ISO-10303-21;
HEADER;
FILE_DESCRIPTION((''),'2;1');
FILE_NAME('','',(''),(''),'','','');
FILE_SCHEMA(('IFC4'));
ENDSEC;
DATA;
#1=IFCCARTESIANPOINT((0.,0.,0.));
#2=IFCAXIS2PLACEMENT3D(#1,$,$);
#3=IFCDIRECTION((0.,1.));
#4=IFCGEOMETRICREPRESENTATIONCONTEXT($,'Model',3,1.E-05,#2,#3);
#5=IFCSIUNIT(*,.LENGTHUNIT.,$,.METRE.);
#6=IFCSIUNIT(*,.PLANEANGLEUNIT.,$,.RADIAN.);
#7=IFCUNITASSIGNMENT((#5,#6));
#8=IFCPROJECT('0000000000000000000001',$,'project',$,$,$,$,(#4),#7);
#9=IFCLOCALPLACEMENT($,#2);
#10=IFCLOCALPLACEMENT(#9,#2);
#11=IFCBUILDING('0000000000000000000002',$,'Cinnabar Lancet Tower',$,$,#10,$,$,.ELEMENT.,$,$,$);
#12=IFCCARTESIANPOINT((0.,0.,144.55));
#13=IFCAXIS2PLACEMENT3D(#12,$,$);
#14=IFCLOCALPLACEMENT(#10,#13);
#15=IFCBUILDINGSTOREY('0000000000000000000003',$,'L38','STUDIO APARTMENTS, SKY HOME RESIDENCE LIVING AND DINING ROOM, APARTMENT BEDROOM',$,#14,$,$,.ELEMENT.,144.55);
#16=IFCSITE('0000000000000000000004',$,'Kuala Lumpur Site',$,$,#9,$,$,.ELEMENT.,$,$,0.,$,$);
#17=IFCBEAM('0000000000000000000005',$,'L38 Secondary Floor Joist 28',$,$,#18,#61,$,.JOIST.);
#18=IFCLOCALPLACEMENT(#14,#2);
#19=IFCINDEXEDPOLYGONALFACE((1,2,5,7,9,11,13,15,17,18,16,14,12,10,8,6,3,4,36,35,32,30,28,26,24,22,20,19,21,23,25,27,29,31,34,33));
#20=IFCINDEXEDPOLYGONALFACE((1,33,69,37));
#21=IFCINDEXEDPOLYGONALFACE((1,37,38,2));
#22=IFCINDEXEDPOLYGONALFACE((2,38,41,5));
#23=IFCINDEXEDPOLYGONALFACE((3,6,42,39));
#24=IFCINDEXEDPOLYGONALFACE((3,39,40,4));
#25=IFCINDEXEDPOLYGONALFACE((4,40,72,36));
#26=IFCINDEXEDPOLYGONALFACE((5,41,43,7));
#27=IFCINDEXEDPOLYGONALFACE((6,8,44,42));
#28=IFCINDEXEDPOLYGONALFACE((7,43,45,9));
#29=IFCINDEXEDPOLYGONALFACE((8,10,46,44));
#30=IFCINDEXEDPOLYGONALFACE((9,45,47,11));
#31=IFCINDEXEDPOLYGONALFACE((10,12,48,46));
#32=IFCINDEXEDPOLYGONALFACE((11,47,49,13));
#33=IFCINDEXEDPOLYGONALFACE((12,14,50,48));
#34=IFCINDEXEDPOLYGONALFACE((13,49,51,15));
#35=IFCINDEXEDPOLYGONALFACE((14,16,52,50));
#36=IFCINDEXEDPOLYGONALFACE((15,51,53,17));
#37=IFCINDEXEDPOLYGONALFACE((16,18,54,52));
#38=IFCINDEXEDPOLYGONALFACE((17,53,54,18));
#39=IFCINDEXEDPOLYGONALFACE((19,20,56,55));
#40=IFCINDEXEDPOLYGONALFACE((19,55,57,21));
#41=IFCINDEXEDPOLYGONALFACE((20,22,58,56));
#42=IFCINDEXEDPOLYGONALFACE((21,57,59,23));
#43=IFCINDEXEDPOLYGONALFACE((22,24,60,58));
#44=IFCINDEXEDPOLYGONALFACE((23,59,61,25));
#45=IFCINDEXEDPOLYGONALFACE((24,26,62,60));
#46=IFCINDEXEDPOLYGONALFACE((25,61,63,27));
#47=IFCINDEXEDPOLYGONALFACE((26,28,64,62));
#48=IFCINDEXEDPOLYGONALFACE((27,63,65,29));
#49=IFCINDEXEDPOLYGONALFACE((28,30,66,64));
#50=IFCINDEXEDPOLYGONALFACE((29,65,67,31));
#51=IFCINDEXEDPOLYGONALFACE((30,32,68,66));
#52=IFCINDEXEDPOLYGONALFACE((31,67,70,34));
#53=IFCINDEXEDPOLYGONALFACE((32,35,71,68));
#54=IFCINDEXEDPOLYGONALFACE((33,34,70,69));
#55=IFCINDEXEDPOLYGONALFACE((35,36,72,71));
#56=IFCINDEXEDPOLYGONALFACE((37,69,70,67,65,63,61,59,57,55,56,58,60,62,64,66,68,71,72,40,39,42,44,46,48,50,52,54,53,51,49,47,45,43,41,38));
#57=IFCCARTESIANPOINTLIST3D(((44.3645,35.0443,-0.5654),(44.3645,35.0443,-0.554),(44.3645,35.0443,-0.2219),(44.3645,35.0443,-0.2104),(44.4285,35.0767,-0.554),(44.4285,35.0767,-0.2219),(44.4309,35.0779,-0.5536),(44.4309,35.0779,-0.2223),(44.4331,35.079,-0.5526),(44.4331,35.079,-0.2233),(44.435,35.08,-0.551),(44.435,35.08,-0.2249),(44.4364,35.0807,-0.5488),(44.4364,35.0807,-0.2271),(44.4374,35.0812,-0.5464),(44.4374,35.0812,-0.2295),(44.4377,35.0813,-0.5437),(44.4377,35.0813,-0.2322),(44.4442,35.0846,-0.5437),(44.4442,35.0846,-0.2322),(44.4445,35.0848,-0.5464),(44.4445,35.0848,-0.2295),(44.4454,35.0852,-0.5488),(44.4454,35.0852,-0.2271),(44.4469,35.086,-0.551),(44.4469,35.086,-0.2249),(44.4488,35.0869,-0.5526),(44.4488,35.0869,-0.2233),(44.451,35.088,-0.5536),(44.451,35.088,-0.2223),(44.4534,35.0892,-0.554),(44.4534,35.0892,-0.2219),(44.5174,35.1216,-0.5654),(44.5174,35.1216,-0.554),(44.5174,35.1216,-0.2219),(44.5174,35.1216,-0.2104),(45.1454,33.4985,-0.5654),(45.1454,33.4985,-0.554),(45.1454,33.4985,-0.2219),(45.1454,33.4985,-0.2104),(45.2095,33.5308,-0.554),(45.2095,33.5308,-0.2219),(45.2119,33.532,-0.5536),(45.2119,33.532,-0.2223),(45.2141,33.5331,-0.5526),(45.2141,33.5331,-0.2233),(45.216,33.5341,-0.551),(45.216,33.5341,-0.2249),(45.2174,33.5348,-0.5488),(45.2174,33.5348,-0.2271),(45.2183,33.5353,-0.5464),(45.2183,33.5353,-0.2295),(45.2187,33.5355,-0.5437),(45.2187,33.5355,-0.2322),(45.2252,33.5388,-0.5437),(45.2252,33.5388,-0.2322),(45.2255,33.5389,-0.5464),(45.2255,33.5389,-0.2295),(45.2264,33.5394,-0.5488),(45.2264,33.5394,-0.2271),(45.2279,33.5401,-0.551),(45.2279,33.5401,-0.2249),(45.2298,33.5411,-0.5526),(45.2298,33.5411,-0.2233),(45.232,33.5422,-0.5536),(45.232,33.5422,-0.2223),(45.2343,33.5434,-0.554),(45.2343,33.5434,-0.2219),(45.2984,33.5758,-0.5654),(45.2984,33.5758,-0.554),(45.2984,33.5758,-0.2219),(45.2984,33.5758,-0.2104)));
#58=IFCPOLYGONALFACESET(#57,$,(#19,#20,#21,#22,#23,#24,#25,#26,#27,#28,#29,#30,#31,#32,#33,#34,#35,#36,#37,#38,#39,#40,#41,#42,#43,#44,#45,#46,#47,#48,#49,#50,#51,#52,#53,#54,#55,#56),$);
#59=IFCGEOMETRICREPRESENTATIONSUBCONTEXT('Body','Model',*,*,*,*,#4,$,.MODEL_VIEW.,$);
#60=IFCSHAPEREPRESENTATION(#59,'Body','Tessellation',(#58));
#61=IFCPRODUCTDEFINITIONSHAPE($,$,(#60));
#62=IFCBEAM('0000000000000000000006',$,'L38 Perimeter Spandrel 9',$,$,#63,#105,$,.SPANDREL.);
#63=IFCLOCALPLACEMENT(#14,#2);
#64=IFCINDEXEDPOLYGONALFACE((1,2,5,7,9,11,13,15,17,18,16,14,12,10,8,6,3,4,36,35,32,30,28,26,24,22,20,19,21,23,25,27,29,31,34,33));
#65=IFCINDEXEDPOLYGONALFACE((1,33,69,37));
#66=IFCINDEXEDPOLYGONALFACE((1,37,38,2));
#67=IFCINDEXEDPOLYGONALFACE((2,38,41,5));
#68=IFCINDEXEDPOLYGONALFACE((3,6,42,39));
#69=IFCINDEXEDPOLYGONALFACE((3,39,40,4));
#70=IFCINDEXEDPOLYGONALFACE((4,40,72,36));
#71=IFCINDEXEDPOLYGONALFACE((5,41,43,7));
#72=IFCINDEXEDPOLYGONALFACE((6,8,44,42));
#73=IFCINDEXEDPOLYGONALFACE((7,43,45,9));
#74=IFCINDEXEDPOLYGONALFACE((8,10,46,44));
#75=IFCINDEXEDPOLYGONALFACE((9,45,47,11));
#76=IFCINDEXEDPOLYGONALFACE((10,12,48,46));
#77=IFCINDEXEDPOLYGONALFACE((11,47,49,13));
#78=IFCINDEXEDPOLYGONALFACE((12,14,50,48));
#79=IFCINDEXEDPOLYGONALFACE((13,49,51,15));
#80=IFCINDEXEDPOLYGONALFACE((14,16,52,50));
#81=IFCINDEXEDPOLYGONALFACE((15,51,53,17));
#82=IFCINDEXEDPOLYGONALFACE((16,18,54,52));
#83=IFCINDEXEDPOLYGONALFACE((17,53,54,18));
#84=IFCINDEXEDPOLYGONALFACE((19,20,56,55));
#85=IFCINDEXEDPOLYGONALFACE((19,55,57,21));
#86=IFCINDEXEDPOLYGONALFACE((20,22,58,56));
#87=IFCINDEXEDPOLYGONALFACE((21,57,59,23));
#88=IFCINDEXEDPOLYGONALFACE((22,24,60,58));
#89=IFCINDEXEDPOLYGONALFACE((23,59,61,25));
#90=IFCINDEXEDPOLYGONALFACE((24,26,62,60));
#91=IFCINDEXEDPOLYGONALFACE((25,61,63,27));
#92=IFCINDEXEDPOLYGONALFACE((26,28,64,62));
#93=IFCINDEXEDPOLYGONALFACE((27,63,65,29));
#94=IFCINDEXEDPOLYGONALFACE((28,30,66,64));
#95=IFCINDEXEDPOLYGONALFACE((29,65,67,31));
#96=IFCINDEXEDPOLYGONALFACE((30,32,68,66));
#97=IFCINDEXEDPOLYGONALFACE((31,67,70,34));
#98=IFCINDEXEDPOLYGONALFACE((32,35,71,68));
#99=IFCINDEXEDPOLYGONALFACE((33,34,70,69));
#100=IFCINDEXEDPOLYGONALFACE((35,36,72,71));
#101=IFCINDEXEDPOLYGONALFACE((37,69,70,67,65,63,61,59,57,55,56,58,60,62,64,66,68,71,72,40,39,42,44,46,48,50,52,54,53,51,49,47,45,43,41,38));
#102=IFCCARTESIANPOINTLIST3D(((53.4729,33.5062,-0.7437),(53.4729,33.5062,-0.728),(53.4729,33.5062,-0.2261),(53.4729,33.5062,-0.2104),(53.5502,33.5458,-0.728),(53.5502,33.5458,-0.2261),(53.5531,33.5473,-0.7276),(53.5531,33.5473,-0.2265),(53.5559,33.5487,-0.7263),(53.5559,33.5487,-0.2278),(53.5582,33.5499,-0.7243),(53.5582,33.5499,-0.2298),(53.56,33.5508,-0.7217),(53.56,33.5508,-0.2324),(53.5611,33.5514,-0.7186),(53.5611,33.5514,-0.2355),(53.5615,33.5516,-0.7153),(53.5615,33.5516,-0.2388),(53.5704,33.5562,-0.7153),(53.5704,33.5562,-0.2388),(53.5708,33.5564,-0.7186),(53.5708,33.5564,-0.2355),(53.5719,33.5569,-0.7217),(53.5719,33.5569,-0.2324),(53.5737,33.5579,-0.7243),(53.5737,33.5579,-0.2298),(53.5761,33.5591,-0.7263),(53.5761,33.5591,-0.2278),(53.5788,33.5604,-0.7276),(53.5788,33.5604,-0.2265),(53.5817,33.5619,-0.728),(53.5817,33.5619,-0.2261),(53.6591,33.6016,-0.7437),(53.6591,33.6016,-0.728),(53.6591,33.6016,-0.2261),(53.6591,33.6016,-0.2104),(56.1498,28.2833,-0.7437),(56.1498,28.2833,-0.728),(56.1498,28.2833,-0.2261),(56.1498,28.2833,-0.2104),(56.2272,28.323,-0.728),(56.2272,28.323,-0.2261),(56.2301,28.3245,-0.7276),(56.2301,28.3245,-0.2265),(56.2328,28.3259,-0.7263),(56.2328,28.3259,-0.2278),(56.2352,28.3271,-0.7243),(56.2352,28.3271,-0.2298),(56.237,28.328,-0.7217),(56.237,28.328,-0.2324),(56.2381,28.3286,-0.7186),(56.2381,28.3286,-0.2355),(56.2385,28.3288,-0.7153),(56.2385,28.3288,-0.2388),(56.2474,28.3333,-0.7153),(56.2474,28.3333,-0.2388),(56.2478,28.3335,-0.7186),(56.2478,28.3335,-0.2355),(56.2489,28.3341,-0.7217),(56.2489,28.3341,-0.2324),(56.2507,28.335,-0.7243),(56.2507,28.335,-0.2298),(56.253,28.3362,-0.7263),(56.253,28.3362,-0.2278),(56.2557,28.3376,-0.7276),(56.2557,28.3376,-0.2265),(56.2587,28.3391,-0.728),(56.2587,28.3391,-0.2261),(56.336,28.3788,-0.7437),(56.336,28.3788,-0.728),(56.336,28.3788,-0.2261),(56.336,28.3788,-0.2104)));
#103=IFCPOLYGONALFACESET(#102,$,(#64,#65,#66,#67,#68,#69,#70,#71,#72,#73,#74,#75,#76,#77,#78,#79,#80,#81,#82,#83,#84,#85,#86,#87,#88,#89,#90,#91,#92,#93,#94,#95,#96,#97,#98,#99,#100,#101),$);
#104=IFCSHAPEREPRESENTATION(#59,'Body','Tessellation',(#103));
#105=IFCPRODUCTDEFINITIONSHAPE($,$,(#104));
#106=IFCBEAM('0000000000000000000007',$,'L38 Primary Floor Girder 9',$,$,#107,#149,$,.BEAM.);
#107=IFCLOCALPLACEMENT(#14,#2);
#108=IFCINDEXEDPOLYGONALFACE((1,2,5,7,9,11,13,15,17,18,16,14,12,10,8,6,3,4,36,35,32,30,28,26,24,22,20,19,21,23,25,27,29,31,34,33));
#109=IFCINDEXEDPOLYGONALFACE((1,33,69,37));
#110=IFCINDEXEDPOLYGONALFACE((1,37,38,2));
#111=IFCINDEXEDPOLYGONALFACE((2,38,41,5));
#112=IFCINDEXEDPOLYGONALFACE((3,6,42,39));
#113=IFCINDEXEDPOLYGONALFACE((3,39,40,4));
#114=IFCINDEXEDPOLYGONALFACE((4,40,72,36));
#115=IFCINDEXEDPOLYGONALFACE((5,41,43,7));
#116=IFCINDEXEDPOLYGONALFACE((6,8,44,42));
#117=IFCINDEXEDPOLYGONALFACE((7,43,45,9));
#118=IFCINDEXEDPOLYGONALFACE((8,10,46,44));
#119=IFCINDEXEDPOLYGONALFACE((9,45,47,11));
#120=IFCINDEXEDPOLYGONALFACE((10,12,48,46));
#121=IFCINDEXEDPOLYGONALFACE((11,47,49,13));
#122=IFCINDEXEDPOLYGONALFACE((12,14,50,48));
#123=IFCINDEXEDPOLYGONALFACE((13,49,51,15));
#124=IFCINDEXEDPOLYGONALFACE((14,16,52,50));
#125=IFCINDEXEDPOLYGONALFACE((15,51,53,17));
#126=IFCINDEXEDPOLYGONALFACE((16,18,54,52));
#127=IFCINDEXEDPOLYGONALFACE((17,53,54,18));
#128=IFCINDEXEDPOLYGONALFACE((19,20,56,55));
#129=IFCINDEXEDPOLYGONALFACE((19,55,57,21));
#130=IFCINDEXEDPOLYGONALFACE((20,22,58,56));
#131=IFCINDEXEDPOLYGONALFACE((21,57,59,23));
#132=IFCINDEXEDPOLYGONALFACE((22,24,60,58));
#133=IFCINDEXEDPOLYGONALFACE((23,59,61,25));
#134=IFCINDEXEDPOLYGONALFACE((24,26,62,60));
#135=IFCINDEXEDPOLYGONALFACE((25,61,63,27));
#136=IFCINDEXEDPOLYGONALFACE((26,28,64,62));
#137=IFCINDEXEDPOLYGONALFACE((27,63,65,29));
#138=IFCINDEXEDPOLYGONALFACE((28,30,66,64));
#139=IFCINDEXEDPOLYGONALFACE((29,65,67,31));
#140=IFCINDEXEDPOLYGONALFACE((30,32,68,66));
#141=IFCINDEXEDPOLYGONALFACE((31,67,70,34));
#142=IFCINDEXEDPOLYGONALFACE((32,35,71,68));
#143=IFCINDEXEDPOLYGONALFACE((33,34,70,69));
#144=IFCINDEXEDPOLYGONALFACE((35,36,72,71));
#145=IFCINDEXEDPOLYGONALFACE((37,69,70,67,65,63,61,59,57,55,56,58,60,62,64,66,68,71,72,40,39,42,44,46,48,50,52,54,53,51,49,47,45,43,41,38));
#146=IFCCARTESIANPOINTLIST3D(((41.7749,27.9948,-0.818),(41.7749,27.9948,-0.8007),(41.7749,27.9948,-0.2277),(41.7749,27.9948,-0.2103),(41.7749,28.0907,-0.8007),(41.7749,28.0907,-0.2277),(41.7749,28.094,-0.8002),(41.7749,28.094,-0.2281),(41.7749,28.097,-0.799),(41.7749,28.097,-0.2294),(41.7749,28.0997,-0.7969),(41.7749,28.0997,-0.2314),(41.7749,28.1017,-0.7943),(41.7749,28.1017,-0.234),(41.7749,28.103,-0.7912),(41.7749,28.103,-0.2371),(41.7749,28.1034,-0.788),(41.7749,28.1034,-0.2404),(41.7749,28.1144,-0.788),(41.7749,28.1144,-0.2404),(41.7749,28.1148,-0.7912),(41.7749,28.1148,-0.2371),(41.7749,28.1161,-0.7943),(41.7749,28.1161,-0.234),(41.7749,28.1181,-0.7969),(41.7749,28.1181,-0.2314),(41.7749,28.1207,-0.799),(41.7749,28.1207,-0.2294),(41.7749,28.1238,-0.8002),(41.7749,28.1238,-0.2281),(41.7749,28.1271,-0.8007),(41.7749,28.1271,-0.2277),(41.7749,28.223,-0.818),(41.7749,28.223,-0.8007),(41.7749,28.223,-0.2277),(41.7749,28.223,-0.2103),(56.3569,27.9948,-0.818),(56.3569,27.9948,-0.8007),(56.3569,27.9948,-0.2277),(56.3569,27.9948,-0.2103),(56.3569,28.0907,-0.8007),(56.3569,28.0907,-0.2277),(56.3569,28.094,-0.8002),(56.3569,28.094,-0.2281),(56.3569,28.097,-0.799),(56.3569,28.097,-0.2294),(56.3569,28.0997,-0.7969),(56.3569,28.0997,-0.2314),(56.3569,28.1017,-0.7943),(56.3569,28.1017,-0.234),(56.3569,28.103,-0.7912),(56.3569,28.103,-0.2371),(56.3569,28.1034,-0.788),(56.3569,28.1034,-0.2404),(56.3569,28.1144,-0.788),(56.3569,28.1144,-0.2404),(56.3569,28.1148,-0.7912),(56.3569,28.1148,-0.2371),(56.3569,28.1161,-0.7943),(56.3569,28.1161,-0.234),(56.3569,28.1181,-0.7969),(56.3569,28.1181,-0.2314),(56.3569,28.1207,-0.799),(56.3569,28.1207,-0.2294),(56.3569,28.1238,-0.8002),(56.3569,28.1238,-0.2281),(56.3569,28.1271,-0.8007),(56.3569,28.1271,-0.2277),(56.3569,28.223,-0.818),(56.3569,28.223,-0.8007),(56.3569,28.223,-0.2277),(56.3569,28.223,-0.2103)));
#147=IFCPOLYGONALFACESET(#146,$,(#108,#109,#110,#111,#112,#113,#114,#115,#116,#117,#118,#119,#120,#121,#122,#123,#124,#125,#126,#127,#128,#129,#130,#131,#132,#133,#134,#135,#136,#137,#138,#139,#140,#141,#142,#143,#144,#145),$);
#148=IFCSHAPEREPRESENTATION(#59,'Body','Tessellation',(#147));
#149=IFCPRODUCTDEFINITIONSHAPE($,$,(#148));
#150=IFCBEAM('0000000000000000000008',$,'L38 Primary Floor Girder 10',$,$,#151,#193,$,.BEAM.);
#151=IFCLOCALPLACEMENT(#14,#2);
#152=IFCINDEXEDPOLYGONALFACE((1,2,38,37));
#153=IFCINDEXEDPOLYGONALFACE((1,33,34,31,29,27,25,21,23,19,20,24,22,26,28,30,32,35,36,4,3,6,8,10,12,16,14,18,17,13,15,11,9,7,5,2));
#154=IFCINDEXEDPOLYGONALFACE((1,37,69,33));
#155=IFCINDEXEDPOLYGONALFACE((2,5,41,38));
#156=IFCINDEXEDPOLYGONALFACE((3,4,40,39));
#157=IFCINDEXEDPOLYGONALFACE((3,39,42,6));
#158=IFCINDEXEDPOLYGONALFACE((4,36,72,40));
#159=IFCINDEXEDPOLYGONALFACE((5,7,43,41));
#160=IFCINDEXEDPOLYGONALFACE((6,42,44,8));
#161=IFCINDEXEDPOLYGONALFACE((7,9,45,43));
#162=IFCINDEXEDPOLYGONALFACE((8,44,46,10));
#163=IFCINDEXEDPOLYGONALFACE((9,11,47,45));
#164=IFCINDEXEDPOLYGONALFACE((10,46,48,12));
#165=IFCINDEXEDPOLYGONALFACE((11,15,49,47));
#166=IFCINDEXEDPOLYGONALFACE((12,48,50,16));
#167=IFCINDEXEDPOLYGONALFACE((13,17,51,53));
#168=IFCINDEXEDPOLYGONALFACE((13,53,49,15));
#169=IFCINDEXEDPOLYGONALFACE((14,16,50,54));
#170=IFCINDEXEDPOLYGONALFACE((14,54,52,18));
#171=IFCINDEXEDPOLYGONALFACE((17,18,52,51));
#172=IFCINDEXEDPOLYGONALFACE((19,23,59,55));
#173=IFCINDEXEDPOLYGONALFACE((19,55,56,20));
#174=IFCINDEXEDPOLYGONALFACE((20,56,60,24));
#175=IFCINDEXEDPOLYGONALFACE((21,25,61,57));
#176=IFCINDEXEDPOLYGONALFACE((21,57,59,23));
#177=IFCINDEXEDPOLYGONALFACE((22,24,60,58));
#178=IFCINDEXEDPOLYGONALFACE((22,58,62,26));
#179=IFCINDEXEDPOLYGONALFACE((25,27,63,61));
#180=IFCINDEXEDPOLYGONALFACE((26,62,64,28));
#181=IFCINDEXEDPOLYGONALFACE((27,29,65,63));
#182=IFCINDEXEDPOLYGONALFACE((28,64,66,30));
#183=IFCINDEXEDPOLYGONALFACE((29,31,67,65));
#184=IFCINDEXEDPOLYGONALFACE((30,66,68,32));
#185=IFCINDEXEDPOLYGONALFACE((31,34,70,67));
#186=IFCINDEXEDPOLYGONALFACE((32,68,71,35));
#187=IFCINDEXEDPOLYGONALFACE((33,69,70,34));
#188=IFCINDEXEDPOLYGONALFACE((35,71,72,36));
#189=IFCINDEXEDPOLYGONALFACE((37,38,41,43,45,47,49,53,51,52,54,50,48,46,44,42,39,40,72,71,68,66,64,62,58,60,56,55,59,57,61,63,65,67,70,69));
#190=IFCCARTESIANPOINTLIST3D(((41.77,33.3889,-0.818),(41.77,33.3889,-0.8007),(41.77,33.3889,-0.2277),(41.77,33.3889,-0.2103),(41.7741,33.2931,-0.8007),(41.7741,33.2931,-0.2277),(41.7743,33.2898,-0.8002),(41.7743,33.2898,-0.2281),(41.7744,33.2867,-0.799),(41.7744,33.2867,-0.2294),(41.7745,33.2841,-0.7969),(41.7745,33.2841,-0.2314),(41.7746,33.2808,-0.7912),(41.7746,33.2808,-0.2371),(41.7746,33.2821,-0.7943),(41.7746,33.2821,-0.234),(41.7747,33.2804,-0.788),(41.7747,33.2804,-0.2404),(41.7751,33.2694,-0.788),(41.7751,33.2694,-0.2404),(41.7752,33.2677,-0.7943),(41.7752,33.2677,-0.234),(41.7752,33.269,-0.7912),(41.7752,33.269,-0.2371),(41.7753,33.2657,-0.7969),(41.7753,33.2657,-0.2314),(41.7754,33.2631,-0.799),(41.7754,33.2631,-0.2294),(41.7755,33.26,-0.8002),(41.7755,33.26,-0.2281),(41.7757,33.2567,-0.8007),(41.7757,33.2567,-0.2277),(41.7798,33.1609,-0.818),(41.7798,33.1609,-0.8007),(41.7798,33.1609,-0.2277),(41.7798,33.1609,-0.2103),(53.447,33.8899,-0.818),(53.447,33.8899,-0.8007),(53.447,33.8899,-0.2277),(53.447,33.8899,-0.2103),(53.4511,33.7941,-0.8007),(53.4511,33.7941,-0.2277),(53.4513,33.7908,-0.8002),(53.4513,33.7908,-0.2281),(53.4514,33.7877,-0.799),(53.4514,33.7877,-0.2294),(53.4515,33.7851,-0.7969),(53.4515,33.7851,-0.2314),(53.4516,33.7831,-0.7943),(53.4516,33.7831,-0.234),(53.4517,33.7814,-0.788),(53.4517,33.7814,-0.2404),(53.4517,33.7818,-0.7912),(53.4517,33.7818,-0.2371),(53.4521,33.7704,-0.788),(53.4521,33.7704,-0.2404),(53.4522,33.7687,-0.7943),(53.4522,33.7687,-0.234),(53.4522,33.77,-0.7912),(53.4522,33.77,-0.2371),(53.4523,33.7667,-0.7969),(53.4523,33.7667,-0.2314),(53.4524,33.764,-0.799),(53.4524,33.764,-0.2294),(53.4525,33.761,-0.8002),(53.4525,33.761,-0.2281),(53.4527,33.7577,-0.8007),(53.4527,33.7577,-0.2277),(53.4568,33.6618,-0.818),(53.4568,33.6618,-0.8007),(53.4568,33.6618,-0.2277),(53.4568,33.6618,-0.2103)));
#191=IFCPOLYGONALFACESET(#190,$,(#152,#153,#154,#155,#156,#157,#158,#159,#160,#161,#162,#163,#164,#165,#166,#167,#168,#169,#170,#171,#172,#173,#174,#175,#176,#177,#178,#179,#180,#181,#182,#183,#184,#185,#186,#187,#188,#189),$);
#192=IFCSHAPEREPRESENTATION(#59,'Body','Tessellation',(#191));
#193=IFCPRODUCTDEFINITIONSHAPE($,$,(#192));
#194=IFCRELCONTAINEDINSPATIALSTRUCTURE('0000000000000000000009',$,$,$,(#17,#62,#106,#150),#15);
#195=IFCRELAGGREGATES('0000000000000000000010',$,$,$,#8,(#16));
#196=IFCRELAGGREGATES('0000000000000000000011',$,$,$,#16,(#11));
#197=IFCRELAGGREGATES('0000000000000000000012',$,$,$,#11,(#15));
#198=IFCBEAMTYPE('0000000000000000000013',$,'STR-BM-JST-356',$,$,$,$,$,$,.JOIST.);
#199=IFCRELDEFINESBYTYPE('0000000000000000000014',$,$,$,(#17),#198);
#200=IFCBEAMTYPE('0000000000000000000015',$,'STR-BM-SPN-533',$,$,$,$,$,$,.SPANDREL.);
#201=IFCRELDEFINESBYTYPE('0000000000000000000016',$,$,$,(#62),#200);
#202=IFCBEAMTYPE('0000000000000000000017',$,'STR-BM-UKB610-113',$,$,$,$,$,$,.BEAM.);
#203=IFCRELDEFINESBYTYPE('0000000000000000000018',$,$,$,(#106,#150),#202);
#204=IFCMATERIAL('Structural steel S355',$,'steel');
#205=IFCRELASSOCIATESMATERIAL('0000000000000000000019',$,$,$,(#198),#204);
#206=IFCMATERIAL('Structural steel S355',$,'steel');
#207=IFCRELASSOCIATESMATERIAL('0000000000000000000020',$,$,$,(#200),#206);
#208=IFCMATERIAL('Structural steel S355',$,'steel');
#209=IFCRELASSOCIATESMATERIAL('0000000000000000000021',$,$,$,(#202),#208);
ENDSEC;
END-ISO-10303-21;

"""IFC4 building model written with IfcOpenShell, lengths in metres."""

from ifc_helpers import new_model, si_unit, direction, frame, origin, origin_2d, place, context, subcontext, project, spatial, i_section, extrude, material, material_profile, profile_set, type_object, element, save


model = new_model("IFC4")

# Units and contexts
model_context = context("Model", 3, precision=1e-05, world=origin(), true_north=direction((0.0, 1.0)))
body_context = subcontext(model_context, "Body", "Model", "MODEL_VIEW")
ifc_project = project(units=[si_unit("LENGTHUNIT", "METRE"), si_unit("PLANEANGLEUNIT", "RADIAN")], contexts=[model_context])

# Site, building, storey
site_placement = place(None, origin())
site = spatial("IfcSite", under=ifc_project, at=site_placement, Name="Kuala Lumpur Site", CompositionType="ELEMENT", RefElevation=0.0)
building_placement = place(site_placement, origin())
building = spatial("IfcBuilding", under=site, at=building_placement, Name="Cinnabar Lancet Tower", CompositionType="ELEMENT")
storey_placement = place(building_placement, frame((0.0, 0.0, 144.55)))
storey = spatial("IfcBuildingStorey", under=building, at=storey_placement, Name="L38", Description="STUDIO APARTMENTS, SKY HOME RESIDENCE LIVING AND DINING ROOM, APARTMENT BEDROOM", CompositionType="ELEMENT", Elevation=144.55)

# Beams
ifc_material_1 = material(Name="Structural steel S355", Category="steel")
ifc_material_profile_1 = material_profile(ifc_material_1, i_section(OverallWidth=0.1714, OverallDepth=0.355, WebThickness=0.0073, FlangeThickness=0.0115, FilletRadius=0.0103, at=origin_2d()), Name="UKB 356x171x51")
ifc_profile_set_1 = profile_set([ifc_material_profile_1], Name="Structural steel S355")
beam_type_1 = type_object("IfcBeamType", Name="STR-BM-JST-356", PredefinedType="JOIST", material=ifc_profile_set_1)
beam_1_placement = place(storey_placement, frame((45.2219, 33.5371, -0.3879), z_axis=(-0.450931, 0.892559, 0.0), x_axis=(-0.892559, -0.450931, 0.0)))
element("IfcBeam", 1, at=beam_1_placement, inside=storey, type_object=beam_type_1, Name="L38 Secondary Floor Joist 28", PredefinedType="JOIST", context=body_context, shape_type="SweptSolid", body=[
    extrude(i_section(OverallWidth=0.1714, OverallDepth=0.355, WebThickness=0.0073, FlangeThickness=0.0115, FilletRadius=0.0103, at=origin_2d()), origin(), (0.0, 0.0, 1.0), 1.7319),
])
ifc_material_2 = material(Name="Structural steel S355", Category="steel")
ifc_material_profile_2 = material_profile(ifc_material_2, i_section(OverallWidth=0.2092, OverallDepth=0.5332, WebThickness=0.01, FlangeThickness=0.0156, FilletRadius=0.0127, at=origin_2d()), Name="UKB 533x210x92")
ifc_profile_set_2 = profile_set([ifc_material_profile_2], Name="Structural steel S355")
beam_type_2 = type_object("IfcBeamType", Name="STR-BM-SPN-533", PredefinedType="SPANDREL", material=ifc_profile_set_2)
beam_2_placement = place(storey_placement, frame((56.2429, 28.3311, -0.4771), z_axis=(-0.456127, 0.889915, 0.0), x_axis=(-0.889915, -0.456127, 0.0)))
element("IfcBeam", 2, at=beam_2_placement, inside=storey, type_object=beam_type_2, Name="L38 Perimeter Spandrel 9", PredefinedType="SPANDREL", context=body_context, shape_type="SweptSolid", body=[
    extrude(i_section(OverallWidth=0.2092, OverallDepth=0.5332, WebThickness=0.01, FlangeThickness=0.0156, FilletRadius=0.0127, at=origin_2d()), origin(), (0.0, 0.0, 1.0), 5.8689),
])
ifc_material_3 = material(Name="Structural steel S355", Category="steel")
ifc_material_profile_3 = material_profile(ifc_material_3, i_section(OverallWidth=0.2283, OverallDepth=0.6077, WebThickness=0.011, FlangeThickness=0.0173, FilletRadius=0.0127, at=origin_2d()), Name="UKB 610x229x113")
ifc_profile_set_3 = profile_set([ifc_material_profile_3], Name="Structural steel S355")
beam_type_3 = type_object("IfcBeamType", Name="STR-BM-UKB610-113", PredefinedType="BEAM", material=ifc_profile_set_3)
beam_3_placement = place(storey_placement, frame((56.3569, 28.1089, -0.5142), z_axis=(-1.0, 0.0, 0.0), x_axis=(0.0, -1.0, 0.0)))
element("IfcBeam", 3, at=beam_3_placement, inside=storey, type_object=beam_type_3, Name="L38 Primary Floor Girder 9", PredefinedType="BEAM", context=body_context, shape_type="SweptSolid", body=[
    extrude(i_section(OverallWidth=0.2283, OverallDepth=0.6077, WebThickness=0.011, FlangeThickness=0.0173, FilletRadius=0.0127, at=origin_2d()), origin(), (0.0, 0.0, 1.0), 14.582),
])
beam_4_placement = place(storey_placement, frame((53.4519, 33.7759, -0.5142), z_axis=(-0.999081, -0.042863, 0.0), x_axis=(0.042863, -0.999081, 0.0)))
element("IfcBeam", 4, at=beam_4_placement, inside=storey, type_object=beam_type_3, Name="L38 Primary Floor Girder 10", PredefinedType="BEAM", context=body_context, shape_type="SweptSolid", body=[
    extrude(i_section(OverallWidth=0.2283, OverallDepth=0.6077, WebThickness=0.011, FlangeThickness=0.0173, FilletRadius=0.0127, at=origin_2d()), origin(), (0.0, 0.0, 1.0), 11.6877),
])

save(model, "model.ifc")
